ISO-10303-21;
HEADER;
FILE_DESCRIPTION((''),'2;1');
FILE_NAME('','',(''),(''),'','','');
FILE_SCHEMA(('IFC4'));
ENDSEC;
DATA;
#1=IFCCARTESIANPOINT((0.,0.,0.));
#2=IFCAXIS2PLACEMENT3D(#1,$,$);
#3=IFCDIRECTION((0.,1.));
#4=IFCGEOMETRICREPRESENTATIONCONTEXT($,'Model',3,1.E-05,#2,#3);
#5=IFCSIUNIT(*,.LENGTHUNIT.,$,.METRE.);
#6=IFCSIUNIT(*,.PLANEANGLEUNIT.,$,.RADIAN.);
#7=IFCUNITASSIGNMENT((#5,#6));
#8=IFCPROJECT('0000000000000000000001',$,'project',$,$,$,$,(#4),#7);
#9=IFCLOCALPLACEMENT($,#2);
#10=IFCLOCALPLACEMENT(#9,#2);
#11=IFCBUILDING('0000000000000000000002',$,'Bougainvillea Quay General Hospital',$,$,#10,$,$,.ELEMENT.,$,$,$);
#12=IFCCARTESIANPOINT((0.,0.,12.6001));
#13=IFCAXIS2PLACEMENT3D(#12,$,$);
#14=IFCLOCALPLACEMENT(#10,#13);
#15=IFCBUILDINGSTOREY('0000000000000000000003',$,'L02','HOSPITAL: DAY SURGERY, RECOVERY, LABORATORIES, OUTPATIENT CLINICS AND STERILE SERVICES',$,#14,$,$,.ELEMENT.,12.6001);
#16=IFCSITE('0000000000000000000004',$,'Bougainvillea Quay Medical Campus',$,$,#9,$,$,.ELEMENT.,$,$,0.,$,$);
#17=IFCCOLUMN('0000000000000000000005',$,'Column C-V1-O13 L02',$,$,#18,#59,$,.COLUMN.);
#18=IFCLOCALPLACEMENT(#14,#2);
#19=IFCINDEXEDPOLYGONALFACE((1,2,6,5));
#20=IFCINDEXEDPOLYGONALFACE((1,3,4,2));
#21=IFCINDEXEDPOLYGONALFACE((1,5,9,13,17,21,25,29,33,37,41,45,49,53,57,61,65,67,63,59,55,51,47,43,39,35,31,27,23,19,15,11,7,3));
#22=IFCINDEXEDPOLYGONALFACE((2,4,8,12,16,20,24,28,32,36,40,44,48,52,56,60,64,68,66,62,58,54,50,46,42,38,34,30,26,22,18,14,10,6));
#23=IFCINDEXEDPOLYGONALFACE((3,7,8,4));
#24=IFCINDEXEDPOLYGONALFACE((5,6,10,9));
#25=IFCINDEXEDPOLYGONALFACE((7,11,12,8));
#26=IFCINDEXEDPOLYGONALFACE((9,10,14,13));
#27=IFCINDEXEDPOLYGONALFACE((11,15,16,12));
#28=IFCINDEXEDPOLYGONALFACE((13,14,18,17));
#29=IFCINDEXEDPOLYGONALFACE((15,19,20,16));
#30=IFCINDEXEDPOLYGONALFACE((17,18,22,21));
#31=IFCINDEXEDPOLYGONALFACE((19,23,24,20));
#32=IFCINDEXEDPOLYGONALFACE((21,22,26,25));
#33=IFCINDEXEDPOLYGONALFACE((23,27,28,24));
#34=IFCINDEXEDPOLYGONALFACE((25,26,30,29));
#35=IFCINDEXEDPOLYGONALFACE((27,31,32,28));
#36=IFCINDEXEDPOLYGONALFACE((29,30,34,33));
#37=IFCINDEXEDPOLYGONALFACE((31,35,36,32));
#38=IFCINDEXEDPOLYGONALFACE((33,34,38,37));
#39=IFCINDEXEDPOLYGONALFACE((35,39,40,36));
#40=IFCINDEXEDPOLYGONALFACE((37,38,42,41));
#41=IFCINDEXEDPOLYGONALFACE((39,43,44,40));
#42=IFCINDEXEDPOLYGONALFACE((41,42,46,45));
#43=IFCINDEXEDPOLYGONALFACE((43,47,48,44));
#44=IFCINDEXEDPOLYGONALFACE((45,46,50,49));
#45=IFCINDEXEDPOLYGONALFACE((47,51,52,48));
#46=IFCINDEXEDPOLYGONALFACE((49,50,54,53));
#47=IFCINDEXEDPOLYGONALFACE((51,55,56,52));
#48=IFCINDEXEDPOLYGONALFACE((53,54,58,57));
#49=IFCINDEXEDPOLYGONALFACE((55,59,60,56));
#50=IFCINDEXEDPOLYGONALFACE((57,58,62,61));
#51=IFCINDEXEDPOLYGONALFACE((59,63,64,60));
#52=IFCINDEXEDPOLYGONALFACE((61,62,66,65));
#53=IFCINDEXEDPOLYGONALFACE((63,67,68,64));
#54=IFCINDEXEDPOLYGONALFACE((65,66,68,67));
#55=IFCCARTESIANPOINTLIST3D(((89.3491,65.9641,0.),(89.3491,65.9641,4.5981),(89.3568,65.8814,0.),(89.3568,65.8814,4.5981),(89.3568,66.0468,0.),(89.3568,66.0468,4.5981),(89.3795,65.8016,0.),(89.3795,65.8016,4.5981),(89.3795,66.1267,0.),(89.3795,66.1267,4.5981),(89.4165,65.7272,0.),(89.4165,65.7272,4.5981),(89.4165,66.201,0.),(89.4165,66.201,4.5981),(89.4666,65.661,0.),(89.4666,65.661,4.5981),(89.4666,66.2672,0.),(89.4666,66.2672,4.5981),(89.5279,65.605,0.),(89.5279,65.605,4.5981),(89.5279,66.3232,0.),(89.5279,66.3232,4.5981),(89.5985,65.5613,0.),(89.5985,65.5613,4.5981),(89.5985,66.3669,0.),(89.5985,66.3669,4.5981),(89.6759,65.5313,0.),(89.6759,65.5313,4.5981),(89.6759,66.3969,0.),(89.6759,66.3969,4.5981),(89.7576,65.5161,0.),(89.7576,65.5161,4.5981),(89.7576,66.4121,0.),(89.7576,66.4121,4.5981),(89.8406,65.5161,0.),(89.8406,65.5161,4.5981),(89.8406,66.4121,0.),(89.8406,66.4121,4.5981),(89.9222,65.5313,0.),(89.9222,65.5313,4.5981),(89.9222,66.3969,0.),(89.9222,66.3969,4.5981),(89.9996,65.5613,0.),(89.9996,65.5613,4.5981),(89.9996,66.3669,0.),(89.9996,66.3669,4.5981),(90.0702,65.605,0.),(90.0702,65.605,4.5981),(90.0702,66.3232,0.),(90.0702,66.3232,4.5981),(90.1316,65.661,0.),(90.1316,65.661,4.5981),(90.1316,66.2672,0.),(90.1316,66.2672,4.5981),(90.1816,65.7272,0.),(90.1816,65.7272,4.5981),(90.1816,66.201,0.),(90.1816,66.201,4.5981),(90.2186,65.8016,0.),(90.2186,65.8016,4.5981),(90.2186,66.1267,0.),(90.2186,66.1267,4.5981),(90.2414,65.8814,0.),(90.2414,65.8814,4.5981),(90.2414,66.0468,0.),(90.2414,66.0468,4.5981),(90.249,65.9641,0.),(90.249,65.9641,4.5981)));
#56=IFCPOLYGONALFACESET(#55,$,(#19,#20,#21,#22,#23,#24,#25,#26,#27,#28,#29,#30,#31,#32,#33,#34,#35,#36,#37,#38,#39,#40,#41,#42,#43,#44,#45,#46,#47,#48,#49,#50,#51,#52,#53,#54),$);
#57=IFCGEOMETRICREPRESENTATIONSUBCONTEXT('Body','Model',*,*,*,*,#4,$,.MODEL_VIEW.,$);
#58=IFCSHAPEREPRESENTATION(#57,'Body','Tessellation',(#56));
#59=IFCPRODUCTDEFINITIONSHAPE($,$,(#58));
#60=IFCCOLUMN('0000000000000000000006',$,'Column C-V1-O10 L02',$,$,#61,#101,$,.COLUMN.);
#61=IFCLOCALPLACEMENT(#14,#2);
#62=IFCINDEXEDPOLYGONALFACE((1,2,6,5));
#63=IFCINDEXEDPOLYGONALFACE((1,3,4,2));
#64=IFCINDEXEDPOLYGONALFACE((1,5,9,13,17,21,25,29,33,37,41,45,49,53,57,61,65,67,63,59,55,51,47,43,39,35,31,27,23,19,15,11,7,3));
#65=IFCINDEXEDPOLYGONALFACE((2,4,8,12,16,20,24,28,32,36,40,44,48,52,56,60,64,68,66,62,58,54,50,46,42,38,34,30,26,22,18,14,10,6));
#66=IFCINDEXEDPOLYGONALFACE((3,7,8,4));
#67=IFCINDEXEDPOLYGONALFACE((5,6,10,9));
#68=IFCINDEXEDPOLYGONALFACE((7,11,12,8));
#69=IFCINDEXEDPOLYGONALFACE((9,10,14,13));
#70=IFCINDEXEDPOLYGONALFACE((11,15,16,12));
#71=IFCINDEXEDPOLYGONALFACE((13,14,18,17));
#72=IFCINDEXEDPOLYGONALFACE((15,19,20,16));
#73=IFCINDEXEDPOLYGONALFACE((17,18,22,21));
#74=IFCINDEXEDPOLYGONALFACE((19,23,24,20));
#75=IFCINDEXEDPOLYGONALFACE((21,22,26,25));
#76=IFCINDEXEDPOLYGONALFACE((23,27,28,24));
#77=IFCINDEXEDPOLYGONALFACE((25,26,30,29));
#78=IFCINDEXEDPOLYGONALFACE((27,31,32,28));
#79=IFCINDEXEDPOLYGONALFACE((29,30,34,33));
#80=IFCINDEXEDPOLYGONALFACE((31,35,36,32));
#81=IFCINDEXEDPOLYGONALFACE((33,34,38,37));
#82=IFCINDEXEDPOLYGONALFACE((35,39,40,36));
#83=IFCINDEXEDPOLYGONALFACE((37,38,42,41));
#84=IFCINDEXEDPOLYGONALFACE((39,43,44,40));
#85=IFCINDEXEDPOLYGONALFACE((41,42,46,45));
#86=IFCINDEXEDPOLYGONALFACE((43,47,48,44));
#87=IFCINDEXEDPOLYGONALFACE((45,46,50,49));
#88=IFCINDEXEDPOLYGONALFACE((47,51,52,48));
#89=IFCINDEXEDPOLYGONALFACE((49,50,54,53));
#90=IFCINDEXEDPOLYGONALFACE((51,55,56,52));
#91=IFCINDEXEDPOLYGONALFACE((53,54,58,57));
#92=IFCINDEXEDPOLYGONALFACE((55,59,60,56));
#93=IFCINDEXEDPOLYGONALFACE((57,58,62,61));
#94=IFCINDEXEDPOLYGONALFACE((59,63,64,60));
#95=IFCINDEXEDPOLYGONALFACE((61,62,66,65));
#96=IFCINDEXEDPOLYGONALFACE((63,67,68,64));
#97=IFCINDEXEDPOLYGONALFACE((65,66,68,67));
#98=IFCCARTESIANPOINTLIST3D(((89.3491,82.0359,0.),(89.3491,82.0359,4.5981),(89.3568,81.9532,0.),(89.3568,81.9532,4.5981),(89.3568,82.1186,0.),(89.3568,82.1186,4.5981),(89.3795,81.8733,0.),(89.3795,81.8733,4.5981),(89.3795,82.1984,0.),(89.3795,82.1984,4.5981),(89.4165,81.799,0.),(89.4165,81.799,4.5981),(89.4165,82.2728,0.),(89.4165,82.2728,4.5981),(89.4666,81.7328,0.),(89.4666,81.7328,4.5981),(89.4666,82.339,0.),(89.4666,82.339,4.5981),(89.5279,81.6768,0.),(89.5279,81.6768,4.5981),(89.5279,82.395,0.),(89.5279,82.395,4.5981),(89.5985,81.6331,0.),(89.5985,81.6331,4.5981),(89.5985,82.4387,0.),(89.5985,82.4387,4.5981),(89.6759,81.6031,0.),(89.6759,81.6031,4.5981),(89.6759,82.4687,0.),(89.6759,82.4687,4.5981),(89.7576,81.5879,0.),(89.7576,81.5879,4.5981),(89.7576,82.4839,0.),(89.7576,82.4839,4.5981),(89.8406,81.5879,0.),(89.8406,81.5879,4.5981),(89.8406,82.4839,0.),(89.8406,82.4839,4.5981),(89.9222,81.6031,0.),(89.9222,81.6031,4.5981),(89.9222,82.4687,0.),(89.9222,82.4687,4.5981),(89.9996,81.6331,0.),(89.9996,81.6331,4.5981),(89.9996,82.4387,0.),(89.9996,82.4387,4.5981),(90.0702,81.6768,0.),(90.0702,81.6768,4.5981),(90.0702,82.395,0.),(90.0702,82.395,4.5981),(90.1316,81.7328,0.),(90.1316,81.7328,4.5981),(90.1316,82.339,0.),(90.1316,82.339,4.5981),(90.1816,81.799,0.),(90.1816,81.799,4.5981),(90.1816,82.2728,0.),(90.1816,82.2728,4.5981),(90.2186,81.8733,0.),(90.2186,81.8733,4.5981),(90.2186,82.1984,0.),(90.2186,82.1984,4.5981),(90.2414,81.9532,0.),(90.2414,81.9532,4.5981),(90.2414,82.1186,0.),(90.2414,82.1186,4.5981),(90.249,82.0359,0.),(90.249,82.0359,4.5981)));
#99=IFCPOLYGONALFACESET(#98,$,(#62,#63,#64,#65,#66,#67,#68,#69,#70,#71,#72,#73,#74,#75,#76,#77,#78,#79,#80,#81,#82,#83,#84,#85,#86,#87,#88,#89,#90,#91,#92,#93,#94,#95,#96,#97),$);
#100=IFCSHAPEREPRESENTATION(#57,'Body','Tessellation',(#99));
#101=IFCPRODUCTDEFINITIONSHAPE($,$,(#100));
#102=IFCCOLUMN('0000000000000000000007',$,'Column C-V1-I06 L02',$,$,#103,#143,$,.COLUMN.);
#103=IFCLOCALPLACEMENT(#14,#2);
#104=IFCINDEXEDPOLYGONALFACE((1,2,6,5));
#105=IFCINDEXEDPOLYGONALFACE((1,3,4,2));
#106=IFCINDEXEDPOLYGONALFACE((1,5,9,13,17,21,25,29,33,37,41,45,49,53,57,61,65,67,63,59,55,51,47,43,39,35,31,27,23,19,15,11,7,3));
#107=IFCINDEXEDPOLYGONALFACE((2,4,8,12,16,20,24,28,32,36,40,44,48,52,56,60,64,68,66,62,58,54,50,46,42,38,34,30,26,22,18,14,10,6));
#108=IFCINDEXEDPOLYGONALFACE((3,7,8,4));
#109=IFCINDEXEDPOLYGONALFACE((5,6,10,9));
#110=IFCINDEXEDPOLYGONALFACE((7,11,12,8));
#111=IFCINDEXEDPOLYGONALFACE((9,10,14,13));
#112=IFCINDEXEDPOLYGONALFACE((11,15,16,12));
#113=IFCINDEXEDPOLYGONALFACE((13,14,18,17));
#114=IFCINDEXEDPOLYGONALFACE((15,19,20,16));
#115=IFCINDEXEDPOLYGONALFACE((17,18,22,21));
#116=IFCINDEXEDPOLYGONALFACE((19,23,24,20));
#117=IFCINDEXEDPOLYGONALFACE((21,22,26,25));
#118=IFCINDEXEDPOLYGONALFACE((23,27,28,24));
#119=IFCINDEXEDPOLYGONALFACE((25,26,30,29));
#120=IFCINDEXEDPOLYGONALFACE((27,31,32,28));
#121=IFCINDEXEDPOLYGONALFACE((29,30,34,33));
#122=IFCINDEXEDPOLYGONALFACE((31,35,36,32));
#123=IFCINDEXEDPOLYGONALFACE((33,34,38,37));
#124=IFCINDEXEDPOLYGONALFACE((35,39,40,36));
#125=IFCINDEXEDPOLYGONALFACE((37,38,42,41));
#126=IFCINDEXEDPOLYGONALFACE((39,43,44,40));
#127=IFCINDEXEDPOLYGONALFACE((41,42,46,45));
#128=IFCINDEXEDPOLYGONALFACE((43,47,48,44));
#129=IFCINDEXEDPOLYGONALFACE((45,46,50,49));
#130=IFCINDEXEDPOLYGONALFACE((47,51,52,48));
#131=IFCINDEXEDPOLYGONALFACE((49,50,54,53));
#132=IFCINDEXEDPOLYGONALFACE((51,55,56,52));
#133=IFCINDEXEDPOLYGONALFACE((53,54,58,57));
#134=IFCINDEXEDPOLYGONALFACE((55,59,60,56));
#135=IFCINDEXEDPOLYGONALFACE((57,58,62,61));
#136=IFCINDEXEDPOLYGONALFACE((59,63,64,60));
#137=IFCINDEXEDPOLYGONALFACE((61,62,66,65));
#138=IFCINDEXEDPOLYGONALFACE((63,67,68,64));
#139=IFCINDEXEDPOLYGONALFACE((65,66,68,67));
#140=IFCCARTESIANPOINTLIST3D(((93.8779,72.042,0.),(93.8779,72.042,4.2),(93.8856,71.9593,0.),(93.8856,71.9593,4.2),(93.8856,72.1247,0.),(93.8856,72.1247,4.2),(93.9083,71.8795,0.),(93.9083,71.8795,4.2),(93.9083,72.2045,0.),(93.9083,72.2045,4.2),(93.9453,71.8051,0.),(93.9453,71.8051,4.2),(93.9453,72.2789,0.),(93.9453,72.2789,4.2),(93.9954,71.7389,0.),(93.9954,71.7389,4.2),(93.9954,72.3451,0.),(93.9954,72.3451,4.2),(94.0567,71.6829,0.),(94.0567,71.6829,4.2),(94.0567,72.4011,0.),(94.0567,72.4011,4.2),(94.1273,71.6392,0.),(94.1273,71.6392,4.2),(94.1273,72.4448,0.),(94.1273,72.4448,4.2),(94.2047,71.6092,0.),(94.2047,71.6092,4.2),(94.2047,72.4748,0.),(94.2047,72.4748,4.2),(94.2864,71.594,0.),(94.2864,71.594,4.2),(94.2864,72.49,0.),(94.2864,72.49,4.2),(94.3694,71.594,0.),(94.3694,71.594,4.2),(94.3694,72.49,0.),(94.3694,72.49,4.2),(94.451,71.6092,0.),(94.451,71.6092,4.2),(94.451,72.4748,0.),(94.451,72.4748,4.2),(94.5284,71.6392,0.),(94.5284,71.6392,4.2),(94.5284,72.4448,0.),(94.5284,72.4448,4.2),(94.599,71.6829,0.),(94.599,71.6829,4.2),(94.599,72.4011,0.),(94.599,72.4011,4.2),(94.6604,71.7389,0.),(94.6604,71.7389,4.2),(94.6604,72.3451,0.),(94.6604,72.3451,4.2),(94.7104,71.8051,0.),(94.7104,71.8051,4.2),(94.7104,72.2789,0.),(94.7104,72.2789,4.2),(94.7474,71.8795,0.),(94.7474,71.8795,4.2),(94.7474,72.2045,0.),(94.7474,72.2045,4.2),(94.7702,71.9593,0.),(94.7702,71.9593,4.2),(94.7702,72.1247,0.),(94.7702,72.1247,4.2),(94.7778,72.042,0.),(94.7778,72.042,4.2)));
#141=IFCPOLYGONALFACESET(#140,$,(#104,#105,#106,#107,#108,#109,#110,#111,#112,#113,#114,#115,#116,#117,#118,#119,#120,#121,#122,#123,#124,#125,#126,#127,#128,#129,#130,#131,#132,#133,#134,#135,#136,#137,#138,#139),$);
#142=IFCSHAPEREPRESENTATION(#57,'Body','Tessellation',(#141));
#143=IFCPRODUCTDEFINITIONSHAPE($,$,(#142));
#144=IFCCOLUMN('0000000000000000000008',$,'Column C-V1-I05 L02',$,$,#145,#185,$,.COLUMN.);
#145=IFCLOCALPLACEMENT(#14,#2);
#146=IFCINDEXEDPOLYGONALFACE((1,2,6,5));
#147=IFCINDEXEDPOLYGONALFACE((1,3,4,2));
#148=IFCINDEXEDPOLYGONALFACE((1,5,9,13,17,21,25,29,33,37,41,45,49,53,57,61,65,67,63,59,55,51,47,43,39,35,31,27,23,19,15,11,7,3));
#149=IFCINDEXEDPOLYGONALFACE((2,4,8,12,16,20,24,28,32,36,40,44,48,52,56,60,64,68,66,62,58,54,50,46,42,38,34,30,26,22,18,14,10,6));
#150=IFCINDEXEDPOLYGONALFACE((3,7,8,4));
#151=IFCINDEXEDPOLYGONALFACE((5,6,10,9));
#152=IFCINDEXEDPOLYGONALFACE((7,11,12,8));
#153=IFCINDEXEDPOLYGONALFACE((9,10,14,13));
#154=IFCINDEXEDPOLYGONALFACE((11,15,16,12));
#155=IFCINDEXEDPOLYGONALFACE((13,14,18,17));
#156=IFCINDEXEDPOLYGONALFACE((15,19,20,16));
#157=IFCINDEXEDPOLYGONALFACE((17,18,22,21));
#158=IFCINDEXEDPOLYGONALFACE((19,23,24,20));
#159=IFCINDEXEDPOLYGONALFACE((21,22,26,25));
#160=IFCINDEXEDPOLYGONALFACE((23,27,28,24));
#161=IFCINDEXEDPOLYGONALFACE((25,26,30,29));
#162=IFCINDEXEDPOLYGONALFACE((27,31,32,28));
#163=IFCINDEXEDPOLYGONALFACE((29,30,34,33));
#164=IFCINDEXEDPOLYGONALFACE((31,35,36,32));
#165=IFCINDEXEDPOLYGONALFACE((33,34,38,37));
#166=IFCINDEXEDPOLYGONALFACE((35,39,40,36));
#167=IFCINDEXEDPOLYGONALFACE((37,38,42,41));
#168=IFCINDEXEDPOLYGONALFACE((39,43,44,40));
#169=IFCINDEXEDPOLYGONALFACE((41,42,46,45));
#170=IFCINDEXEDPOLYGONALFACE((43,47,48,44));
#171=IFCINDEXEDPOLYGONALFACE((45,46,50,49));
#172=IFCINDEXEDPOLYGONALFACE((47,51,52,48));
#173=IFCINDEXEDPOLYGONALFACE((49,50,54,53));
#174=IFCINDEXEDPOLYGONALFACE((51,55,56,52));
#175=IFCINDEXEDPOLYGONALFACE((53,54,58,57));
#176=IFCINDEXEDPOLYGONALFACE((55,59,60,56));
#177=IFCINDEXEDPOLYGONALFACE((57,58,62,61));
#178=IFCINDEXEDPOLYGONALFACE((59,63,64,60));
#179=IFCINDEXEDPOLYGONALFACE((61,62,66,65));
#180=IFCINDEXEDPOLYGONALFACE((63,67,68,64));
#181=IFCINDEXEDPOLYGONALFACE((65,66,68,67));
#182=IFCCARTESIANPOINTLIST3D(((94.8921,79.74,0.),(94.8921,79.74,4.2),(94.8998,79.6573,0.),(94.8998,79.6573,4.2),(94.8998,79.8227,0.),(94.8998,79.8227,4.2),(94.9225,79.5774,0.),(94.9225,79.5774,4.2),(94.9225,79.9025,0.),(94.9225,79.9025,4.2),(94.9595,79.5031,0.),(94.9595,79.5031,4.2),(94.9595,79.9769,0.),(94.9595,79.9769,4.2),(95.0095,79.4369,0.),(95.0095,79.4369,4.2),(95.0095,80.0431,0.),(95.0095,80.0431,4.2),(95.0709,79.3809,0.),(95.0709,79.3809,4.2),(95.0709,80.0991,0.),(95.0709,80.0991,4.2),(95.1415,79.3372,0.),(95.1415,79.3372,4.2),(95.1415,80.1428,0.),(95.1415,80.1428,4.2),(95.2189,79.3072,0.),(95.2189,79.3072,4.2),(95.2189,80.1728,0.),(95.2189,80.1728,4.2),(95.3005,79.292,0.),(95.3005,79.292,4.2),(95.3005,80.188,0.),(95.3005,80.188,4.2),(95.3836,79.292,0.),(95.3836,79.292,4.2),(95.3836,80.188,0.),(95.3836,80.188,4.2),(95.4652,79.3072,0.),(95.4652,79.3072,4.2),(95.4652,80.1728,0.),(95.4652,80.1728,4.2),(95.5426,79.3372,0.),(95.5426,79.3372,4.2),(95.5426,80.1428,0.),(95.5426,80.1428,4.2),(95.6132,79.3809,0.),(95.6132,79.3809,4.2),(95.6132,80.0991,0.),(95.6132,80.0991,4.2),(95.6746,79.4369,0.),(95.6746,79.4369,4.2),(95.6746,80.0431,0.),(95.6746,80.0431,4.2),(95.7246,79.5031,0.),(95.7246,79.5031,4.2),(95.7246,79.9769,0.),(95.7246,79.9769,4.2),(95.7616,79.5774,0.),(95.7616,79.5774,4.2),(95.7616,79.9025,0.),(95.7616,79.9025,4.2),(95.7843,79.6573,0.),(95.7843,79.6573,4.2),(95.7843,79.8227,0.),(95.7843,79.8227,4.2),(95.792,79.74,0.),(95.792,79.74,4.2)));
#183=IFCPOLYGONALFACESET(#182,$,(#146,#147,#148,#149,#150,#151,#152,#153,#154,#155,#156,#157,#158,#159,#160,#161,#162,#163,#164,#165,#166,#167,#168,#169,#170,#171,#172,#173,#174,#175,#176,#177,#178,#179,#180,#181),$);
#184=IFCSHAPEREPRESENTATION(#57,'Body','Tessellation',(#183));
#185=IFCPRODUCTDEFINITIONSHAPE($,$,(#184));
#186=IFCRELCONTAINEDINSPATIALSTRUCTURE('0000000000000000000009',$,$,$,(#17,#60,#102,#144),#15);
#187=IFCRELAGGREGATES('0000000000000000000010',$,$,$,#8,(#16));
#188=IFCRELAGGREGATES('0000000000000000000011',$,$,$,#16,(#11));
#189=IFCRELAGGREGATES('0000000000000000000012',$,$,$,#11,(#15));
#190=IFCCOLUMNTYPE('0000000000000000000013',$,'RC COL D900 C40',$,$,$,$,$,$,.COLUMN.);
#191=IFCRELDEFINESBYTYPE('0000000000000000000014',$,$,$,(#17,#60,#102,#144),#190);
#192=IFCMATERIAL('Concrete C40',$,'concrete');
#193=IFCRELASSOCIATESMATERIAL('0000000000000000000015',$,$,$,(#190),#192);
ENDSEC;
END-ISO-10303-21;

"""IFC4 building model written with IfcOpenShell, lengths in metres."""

from ifc_helpers import new_model, si_unit, direction, frame, origin, origin_2d, place, context, subcontext, project, spatial, circle, extrude, material, material_profile, profile_set, type_object, element, save


model = new_model("IFC4")

# Units and contexts
model_context = context("Model", 3, precision=1e-05, world=origin(), true_north=direction((0.0, 1.0)))
body_context = subcontext(model_context, "Body", "Model", "MODEL_VIEW")
ifc_project = project(units=[si_unit("LENGTHUNIT", "METRE"), si_unit("PLANEANGLEUNIT", "RADIAN")], contexts=[model_context])

# Site, building, storey
site_placement = place(None, origin())
site = spatial("IfcSite", under=ifc_project, at=site_placement, Name="Bougainvillea Quay Medical Campus", CompositionType="ELEMENT", RefElevation=0.0)
building_placement = place(site_placement, origin())
building = spatial("IfcBuilding", under=site, at=building_placement, Name="Bougainvillea Quay General Hospital", CompositionType="ELEMENT")
storey_placement = place(building_placement, frame((0.0, 0.0, 12.6001)))
storey = spatial("IfcBuildingStorey", under=building, at=storey_placement, Name="L02", Description="HOSPITAL: DAY SURGERY, RECOVERY, LABORATORIES, OUTPATIENT CLINICS AND STERILE SERVICES", CompositionType="ELEMENT", Elevation=12.6001)

# Columns
ifc_material_1 = material(Name="Concrete C40", Category="concrete")
ifc_material_profile_1 = material_profile(ifc_material_1, circle(Radius=0.45, at=origin_2d()))
ifc_profile_set_1 = profile_set([ifc_material_profile_1], Name="Concrete C40")
column_type = type_object("IfcColumnType", Name="RC COL D900 C40", PredefinedType="COLUMN", material=ifc_profile_set_1)
for number, where, z_axis, x_axis, name in (
    (1, (89.7991, 65.9641, 0.0), (0.0, 0.0, 1.0), (1.0, 0.0, 0.0), "Column C-V1-O13 L02"),
    (2, (89.7991, 82.0359, 0.0), (0.0, 0.0, 1.0), (1.0, 0.0, 0.0), "Column C-V1-O10 L02"),
):
    element("IfcColumn", number, at=place(storey_placement, frame(where, z_axis=z_axis, x_axis=x_axis)), inside=storey, type_object=column_type, Name=name, PredefinedType="COLUMN", context=body_context, shape_type="SweptSolid", body=[
        extrude(circle(Radius=0.45, at=origin_2d()), origin(), (0.0, 0.0, 1.0), 4.5981),
    ])
for number, where, z_axis, x_axis, name in (
    (3, (94.3279, 72.042, 0.0), (0.0, 0.0, 1.0), (1.0, 0.0, 0.0), "Column C-V1-I06 L02"),
    (4, (95.342, 79.74, 0.0), (0.0, 0.0, 1.0), (1.0, 0.0, 0.0), "Column C-V1-I05 L02"),
):
    element("IfcColumn", number, at=place(storey_placement, frame(where, z_axis=z_axis, x_axis=x_axis)), inside=storey, type_object=column_type, Name=name, PredefinedType="COLUMN", context=body_context, shape_type="SweptSolid", body=[
        extrude(circle(Radius=0.45, at=origin_2d()), origin(), (0.0, 0.0, 1.0), 4.2),
    ])

save(model, "model.ifc")
